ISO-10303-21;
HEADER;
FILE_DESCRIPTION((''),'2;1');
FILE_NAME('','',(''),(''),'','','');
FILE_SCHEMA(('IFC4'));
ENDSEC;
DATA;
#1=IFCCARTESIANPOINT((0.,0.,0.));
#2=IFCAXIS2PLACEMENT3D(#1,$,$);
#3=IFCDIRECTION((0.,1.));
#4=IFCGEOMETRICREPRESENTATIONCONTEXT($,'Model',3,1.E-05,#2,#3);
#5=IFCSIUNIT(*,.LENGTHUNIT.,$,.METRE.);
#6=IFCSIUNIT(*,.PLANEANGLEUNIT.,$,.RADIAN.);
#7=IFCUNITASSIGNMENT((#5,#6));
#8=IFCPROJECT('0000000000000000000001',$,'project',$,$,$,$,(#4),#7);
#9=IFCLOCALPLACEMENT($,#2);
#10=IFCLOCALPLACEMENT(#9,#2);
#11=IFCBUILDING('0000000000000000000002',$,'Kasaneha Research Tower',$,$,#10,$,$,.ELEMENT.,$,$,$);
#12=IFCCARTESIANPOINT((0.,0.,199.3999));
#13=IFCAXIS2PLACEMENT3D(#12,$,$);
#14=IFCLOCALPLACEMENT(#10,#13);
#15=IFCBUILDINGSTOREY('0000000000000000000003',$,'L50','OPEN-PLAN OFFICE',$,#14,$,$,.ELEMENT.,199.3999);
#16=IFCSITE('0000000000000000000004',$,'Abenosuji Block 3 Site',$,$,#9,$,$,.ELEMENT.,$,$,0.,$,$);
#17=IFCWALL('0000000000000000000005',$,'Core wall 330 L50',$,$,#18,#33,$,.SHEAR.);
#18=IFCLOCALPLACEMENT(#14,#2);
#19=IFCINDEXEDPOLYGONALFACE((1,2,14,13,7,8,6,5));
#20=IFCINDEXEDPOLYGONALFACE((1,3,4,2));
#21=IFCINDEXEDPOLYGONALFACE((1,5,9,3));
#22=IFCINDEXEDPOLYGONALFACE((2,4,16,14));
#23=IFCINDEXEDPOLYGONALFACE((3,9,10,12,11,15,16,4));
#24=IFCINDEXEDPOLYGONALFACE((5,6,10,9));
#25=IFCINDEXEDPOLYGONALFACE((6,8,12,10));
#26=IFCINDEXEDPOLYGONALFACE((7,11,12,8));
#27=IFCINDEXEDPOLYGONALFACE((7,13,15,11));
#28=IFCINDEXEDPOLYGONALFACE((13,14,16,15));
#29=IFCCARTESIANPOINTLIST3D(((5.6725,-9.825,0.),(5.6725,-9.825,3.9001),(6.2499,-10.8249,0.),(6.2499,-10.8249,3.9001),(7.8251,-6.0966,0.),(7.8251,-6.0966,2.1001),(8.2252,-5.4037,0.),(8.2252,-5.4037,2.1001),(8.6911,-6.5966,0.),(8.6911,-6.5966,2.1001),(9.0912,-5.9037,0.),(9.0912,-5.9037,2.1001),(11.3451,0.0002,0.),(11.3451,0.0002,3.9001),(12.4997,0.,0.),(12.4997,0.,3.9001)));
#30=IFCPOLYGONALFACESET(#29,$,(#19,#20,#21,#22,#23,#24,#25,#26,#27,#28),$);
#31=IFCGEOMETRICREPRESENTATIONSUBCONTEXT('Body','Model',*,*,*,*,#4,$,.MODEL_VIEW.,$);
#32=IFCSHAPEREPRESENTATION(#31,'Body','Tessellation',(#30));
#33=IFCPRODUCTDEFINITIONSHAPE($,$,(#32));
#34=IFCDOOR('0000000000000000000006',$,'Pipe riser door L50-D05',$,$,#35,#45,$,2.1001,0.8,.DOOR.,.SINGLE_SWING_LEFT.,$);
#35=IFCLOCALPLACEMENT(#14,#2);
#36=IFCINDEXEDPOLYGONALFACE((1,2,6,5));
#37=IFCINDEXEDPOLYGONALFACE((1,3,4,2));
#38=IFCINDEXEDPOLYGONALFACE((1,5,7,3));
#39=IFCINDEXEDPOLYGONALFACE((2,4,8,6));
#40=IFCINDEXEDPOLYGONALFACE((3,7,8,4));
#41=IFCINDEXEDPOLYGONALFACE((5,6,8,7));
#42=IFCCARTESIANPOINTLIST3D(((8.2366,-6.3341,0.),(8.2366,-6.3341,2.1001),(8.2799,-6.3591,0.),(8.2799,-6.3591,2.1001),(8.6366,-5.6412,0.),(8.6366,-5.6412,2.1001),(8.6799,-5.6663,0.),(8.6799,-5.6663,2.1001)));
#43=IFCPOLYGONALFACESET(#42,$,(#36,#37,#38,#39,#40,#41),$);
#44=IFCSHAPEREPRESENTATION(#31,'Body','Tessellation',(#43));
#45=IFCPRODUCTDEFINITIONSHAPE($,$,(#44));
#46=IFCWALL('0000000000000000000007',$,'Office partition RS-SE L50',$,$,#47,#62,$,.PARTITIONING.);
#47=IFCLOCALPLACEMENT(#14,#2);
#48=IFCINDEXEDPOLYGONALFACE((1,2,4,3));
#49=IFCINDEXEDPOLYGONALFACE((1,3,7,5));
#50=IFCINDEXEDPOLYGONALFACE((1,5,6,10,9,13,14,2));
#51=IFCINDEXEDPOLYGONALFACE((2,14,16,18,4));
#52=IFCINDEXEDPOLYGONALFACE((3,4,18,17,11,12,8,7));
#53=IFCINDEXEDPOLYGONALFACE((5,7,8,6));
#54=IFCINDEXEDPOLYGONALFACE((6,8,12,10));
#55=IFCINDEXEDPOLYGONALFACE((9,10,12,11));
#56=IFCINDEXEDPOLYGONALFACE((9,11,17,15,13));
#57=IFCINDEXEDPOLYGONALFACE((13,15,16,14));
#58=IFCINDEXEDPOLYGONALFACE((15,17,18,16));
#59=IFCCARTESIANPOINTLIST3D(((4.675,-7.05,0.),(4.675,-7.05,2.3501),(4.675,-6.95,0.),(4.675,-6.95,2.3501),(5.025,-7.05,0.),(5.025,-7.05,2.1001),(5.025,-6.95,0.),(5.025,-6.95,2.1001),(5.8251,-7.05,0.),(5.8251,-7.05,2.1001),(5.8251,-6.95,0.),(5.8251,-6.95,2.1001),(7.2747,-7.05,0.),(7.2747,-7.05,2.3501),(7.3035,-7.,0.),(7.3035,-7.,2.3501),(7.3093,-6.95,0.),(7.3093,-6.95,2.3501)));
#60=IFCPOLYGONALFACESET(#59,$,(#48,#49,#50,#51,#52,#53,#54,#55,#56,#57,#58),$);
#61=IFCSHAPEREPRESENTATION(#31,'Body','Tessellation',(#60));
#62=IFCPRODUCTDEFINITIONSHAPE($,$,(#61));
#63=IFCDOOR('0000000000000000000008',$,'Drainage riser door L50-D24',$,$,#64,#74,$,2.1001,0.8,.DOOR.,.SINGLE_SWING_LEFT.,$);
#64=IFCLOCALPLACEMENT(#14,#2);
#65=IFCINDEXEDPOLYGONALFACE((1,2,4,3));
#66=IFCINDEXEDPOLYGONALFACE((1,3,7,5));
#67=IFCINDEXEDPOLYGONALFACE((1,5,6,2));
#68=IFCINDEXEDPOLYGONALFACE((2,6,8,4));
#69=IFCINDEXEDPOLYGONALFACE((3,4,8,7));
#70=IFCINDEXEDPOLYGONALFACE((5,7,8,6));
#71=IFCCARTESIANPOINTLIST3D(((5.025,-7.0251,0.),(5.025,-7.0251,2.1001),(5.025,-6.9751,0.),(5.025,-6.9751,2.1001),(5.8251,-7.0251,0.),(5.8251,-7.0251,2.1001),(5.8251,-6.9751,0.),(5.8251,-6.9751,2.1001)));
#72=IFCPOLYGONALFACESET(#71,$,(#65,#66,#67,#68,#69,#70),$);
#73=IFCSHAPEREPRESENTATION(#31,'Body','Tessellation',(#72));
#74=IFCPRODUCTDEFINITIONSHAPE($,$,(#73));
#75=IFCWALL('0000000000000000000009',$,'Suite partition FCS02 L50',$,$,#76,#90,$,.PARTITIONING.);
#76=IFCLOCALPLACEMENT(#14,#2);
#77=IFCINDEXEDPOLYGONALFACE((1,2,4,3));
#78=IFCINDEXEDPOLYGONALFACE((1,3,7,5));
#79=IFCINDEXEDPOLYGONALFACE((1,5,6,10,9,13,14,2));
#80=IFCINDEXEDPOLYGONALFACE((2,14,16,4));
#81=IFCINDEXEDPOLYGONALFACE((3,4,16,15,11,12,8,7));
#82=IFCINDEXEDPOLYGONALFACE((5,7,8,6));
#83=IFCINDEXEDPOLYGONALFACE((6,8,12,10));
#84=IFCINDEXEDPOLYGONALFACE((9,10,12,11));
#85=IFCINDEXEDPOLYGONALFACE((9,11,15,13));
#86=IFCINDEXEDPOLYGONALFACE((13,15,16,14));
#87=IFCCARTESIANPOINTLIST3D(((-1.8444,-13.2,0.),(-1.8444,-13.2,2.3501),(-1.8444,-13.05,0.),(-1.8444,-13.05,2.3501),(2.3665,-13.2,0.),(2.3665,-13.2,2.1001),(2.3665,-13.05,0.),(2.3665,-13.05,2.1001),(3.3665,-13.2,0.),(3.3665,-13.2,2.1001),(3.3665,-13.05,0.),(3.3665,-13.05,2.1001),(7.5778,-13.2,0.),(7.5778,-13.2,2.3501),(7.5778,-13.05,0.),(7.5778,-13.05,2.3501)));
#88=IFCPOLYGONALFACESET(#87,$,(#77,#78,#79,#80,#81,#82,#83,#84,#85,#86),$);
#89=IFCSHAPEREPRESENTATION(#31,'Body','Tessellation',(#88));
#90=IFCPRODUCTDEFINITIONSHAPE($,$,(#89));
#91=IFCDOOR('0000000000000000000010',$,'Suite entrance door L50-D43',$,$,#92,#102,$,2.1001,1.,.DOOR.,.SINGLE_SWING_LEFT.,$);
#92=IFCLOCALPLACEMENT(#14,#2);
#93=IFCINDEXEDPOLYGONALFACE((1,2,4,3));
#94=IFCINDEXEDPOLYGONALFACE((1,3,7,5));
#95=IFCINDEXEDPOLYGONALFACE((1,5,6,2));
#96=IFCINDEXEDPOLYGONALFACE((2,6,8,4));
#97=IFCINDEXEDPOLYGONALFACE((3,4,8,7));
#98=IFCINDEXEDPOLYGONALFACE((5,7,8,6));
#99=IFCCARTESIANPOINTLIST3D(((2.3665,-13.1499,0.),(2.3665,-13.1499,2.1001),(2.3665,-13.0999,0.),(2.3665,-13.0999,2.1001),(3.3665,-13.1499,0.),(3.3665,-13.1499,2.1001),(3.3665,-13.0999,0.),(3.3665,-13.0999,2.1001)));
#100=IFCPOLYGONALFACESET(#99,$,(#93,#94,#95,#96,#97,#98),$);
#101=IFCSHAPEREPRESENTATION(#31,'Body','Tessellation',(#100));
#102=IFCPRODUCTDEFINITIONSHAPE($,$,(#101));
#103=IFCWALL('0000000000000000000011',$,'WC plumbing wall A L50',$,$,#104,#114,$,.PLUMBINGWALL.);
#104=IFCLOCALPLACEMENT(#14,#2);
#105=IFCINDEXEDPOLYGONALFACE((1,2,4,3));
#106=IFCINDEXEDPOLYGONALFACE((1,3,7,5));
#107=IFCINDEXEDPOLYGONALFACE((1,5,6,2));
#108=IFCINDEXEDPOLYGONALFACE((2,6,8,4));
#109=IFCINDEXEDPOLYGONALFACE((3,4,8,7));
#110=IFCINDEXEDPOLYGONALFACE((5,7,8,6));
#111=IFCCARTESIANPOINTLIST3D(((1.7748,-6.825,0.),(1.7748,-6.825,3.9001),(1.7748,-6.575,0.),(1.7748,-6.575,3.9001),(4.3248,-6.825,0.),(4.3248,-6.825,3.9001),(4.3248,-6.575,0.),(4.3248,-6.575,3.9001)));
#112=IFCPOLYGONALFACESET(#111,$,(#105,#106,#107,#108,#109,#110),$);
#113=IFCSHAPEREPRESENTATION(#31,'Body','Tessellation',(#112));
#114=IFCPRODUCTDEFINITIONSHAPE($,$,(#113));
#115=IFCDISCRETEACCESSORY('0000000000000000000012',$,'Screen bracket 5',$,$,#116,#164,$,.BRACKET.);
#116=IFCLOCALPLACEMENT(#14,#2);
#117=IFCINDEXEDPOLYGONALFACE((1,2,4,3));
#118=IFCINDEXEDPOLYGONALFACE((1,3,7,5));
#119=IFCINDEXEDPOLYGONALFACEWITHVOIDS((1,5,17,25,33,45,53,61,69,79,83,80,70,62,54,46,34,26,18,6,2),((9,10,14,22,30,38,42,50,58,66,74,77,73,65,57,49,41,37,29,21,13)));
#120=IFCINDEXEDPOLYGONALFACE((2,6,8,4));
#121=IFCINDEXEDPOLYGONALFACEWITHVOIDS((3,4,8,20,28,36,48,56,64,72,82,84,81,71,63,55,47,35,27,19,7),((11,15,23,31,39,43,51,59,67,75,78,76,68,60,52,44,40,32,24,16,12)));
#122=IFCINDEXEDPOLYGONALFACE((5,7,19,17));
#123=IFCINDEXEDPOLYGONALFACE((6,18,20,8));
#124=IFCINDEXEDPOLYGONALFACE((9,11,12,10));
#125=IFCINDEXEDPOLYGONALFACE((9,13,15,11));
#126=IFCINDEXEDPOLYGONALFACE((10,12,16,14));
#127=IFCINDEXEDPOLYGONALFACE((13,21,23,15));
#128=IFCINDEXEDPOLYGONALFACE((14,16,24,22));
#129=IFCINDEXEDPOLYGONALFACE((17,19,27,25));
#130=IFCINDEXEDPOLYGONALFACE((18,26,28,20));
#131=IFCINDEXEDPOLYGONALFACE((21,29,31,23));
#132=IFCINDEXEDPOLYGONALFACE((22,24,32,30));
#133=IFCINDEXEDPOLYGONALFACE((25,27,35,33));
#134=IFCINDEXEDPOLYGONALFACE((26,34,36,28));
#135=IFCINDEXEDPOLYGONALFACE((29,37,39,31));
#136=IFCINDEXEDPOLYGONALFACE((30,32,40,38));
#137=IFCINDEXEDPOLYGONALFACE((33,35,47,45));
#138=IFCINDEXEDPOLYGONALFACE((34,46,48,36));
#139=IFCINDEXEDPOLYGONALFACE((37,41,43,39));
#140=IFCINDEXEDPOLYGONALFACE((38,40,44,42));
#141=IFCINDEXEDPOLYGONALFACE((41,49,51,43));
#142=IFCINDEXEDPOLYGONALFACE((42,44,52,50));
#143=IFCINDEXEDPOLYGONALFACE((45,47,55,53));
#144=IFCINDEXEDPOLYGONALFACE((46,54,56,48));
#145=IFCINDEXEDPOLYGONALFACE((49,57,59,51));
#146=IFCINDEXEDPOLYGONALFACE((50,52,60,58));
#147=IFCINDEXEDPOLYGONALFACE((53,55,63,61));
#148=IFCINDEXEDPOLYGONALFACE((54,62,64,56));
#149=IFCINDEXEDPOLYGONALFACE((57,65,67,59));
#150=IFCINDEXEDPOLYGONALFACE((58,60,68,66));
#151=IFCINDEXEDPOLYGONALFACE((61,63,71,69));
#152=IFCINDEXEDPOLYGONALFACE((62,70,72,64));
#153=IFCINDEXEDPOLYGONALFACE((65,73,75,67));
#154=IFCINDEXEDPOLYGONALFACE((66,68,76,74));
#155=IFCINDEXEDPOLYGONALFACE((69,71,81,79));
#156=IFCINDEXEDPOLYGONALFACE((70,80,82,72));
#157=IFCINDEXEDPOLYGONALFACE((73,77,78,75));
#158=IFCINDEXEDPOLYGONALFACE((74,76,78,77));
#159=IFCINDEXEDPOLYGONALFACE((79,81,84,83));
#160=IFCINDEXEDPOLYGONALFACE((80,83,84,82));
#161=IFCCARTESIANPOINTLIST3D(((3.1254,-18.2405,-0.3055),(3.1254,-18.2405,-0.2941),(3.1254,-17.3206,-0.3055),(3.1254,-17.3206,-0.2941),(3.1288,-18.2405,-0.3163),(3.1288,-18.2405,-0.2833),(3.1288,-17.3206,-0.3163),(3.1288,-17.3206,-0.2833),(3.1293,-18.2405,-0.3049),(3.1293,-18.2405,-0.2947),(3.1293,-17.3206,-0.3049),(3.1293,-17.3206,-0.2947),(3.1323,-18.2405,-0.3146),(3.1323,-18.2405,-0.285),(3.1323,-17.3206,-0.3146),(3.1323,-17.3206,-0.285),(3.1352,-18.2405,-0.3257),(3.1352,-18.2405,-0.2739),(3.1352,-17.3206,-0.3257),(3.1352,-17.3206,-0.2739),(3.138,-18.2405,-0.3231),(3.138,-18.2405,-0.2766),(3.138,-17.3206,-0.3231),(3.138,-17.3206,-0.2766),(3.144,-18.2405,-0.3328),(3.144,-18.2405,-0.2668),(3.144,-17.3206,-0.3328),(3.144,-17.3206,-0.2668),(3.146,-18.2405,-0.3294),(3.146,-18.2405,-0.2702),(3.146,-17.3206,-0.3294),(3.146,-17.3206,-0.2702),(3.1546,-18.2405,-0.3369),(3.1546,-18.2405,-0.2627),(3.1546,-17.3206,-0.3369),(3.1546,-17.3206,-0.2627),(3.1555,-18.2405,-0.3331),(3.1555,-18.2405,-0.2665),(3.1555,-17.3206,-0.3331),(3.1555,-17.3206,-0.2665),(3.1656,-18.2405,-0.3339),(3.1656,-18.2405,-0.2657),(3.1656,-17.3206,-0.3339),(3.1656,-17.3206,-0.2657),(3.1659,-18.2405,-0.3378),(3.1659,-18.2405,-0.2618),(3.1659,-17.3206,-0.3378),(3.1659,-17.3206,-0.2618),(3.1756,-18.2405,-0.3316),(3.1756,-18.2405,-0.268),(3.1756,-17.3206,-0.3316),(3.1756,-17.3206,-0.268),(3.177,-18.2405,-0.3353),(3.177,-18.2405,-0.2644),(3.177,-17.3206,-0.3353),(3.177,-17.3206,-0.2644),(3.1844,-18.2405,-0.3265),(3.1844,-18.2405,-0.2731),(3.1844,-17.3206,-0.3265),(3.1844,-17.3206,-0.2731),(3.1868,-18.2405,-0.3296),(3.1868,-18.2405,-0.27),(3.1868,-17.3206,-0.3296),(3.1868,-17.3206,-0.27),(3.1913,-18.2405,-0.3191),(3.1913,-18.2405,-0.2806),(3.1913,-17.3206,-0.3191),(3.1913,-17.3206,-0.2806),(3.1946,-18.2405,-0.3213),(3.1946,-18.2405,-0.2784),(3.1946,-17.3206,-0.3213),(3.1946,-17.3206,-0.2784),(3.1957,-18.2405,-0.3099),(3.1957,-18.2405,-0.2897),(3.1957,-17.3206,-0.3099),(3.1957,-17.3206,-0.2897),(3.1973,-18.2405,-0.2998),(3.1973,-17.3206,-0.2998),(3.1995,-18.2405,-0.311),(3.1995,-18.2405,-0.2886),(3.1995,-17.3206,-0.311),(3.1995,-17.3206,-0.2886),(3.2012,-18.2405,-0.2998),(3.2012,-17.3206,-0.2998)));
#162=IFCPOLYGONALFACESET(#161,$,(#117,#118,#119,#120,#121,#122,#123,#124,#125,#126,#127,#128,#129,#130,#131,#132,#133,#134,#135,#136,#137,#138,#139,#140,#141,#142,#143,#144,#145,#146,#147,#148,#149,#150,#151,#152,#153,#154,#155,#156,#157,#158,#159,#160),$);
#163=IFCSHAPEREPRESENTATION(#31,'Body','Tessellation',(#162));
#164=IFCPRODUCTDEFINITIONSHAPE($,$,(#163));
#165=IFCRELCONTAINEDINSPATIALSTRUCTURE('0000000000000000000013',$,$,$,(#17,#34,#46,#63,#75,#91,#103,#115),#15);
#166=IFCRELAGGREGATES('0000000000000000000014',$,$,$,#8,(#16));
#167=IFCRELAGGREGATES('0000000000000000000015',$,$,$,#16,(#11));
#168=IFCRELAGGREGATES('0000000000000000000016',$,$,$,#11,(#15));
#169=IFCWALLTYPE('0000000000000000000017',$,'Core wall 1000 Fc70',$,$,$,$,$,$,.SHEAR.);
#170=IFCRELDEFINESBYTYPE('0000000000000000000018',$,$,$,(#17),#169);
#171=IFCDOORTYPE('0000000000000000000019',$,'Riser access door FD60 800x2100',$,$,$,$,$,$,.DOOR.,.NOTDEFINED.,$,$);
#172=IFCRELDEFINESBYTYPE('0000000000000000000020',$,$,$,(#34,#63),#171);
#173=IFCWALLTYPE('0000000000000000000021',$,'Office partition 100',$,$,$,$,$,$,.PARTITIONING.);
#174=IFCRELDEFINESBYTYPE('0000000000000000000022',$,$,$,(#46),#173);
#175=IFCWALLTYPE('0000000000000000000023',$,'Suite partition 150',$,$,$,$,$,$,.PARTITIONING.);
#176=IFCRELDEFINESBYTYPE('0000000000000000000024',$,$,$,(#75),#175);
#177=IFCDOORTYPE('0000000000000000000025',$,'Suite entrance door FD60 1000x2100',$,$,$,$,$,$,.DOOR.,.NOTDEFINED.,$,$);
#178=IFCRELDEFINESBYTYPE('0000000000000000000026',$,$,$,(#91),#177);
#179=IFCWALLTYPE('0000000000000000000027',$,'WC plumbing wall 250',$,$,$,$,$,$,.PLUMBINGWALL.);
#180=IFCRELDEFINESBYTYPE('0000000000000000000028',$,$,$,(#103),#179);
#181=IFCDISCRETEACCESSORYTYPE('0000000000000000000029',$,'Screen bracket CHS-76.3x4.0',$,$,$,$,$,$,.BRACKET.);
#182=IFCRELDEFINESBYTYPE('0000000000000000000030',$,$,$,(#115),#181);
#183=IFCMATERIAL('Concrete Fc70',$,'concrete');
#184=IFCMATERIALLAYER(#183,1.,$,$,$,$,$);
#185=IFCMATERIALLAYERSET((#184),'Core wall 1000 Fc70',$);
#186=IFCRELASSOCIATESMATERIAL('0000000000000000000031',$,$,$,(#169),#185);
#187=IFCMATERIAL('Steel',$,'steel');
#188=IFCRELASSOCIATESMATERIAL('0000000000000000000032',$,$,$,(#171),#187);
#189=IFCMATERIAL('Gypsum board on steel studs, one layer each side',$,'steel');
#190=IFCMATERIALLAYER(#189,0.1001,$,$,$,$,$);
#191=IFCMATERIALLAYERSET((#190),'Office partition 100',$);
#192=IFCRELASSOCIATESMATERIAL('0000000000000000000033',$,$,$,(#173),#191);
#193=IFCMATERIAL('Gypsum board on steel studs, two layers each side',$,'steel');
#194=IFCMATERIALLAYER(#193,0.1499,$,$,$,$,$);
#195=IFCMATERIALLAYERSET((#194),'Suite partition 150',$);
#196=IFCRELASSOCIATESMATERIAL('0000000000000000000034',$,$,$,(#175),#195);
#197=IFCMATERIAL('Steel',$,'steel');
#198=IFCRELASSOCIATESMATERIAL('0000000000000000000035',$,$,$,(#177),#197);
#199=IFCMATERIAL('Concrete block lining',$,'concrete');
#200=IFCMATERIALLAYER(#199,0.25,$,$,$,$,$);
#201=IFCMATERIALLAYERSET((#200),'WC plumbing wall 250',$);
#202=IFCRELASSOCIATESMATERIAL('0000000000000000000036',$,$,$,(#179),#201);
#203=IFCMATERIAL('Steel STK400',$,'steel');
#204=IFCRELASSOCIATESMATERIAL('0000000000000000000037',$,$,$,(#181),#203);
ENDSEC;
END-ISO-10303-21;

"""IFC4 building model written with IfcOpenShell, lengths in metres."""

from ifc_helpers import new_model, si_unit, direction, frame, frame_2d, origin, origin_2d, place, context, subcontext, project, spatial, polyline, rectangle, hollow_circle, outline, extrude, material, layer, layer_set, material_profile, profile_set, type_object, element, fill, save


model = new_model("IFC4")

# Units and contexts
model_context = context("Model", 3, precision=1e-05, world=origin(), true_north=direction((0.0, 1.0)))
body_context = subcontext(model_context, "Body", "Model", "MODEL_VIEW")
ifc_project = project(units=[si_unit("LENGTHUNIT", "METRE"), si_unit("PLANEANGLEUNIT", "RADIAN")], contexts=[model_context])

# Site, building, storey
site_placement = place(None, origin())
site = spatial("IfcSite", under=ifc_project, at=site_placement, Name="Abenosuji Block 3 Site", CompositionType="ELEMENT", RefElevation=0.0)
building_placement = place(site_placement, origin())
building = spatial("IfcBuilding", under=site, at=building_placement, Name="Kasaneha Research Tower", CompositionType="ELEMENT")
storey_placement = place(building_placement, frame((0.0, 0.0, 199.3999)))
storey = spatial("IfcBuildingStorey", under=building, at=storey_placement, Name="L50", Description="OPEN-PLAN OFFICE", CompositionType="ELEMENT", Elevation=199.3999)

# Walls, openings, doors
ifc_material_1 = material(Name="Concrete Fc70", Category="concrete")
ifc_layer_1 = layer(ifc_material_1, 1.0)
ifc_layer_set_1 = layer_set([ifc_layer_1], Name="Core wall 1000 Fc70")
wall_type_1 = type_object("IfcWallType", Name="Core wall 1000 Fc70", PredefinedType="SHEAR", material=ifc_layer_set_1)
wall_1_placement = place(storey_placement, frame((5.9612, -10.325, 0.0), z_axis=(0.0, 0.0, 1.0), x_axis=(0.500004, 0.866023, 0.0)))
wall_1 = element("IfcWall", 1, at=wall_1_placement, inside=storey, type_object=wall_type_1, Name="Core wall 330 L50", PredefinedType="SHEAR", context=body_context, shape_type="SweptSolid", body=[
    extrude(outline(polyline([(-0.2886, -0.5), (4.594, -0.5), (5.394, -0.5), (12.2109, -0.5), (11.6338, 0.5), (5.394, 0.5), (4.594, 0.5), (0.2886, 0.5), (-0.2886, -0.5)])), origin(), (0.0, 0.0, 1.0), 3.9001),
])
opening_1_placement = place(wall_1_placement, frame((4.594, 0.0, 0.0)))
opening_1 = element("IfcOpeningElement", 2, at=opening_1_placement, cuts=wall_1, PredefinedType="OPENING", context=body_context, shape_type="SweptSolid", body=[
    extrude(rectangle(XDim=0.8, YDim=2.1001, at=frame_2d((0.3999, 1.05))), frame((0.0, 0.51, 0.0), z_axis=(0.0, -1.0, 0.0), x_axis=(1.0, 0.0, 0.0)), (0.0, 0.0, 1.0), 1.02),
])
ifc_material_2 = material(Name="Steel", Category="steel")
door_type_1 = type_object("IfcDoorType", Name="Riser access door FD60 800x2100", OperationType="NOTDEFINED", PredefinedType="DOOR", material=ifc_material_2)
door_1_placement = place(opening_1_placement, origin())
door_1 = element("IfcDoor", 3, at=door_1_placement, inside=storey, type_object=door_type_1, Name="Pipe riser door L50-D05", OperationType="SINGLE_SWING_LEFT", OverallHeight=2.1001, OverallWidth=0.8, PredefinedType="DOOR", context=body_context, shape_type="SweptSolid", body=[
    extrude(rectangle(XDim=0.8, YDim=2.1001, at=frame_2d((0.3999, 1.05))), frame((0.0, 0.0249, 0.0), z_axis=(0.0, -1.0, 0.0), x_axis=(1.0, 0.0, 0.0)), (0.0, 0.0, 1.0), 0.05),
])
fill(opening_1, door_1)
ifc_material_3 = material(Name="Gypsum board on steel studs, one layer each side", Category="steel")
ifc_layer_2 = layer(ifc_material_3, 0.1001)
ifc_layer_set_2 = layer_set([ifc_layer_2], Name="Office partition 100")
wall_type_2 = type_object("IfcWallType", Name="Office partition 100", PredefinedType="PARTITIONING", material=ifc_layer_set_2)
wall_2_placement = place(storey_placement, frame((4.675, -7.0, 0.0), z_axis=(0.0, 0.0, 1.0), x_axis=(1.0, 0.0, 0.0)))
wall_2 = element("IfcWall", 4, at=wall_2_placement, inside=storey, type_object=wall_type_2, Name="Office partition RS-SE L50", PredefinedType="PARTITIONING", context=body_context, shape_type="SweptSolid", body=[
    extrude(outline(polyline([(0.0, -0.05), (0.3501, -0.05), (1.1501, -0.05), (2.5996, -0.05), (2.6284, 0.0), (2.6343, 0.05), (1.1501, 0.05), (0.3501, 0.05), (0.0, 0.05), (0.0, -0.05)])), origin(), (0.0, 0.0, 1.0), 2.3501),
])
opening_2_placement = place(wall_2_placement, frame((0.3501, 0.0, 0.0)))
opening_2 = element("IfcOpeningElement", 5, at=opening_2_placement, cuts=wall_2, PredefinedType="OPENING", context=body_context, shape_type="SweptSolid", body=[
    extrude(rectangle(XDim=0.8, YDim=2.1001, at=frame_2d((0.3999, 1.05))), frame((0.0, 0.0601, 0.0), z_axis=(0.0, -1.0, 0.0), x_axis=(1.0, 0.0, 0.0)), (0.0, 0.0, 1.0), 0.1201),
])
door_2_placement = place(opening_2_placement, origin())
door_2 = element("IfcDoor", 6, at=door_2_placement, inside=storey, type_object=door_type_1, Name="Drainage riser door L50-D24", OperationType="SINGLE_SWING_LEFT", OverallHeight=2.1001, OverallWidth=0.8, PredefinedType="DOOR", context=body_context, shape_type="SweptSolid", body=[
    extrude(rectangle(XDim=0.8, YDim=2.1001, at=frame_2d((0.3999, 1.05))), frame((0.0, 0.0249, 0.0), z_axis=(0.0, -1.0, 0.0), x_axis=(1.0, 0.0, 0.0)), (0.0, 0.0, 1.0), 0.05),
])
fill(opening_2, door_2)
ifc_material_4 = material(Name="Gypsum board on steel studs, two layers each side", Category="steel")
ifc_layer_3 = layer(ifc_material_4, 0.1499)
ifc_layer_set_3 = layer_set([ifc_layer_3], Name="Suite partition 150")
wall_type_3 = type_object("IfcWallType", Name="Suite partition 150", PredefinedType="PARTITIONING", material=ifc_layer_set_3)
wall_3_placement = place(storey_placement, frame((7.5776, -13.125, 0.0), z_axis=(0.0, 0.0, 1.0), x_axis=(-1.0, 0.0, 0.0)))
wall_3 = element("IfcWall", 7, at=wall_3_placement, inside=storey, type_object=wall_type_3, Name="Suite partition FCS02 L50", PredefinedType="PARTITIONING", context=body_context, shape_type="SweptSolid", body=[
    extrude(rectangle(XDim=9.4221, YDim=0.1499, at=frame_2d((4.7109, 0.0))), origin(), (0.0, 0.0, 1.0), 2.3501),
])
opening_3_placement = place(wall_3_placement, frame((4.2112, 0.0, 0.0)))
opening_3 = element("IfcOpeningElement", 8, at=opening_3_placement, cuts=wall_3, PredefinedType="OPENING", context=body_context, shape_type="SweptSolid", body=[
    extrude(rectangle(XDim=1.0, YDim=2.1001, at=frame_2d((0.5, 1.05))), frame((0.0, 0.085, 0.0), z_axis=(0.0, -1.0, 0.0), x_axis=(1.0, 0.0, 0.0)), (0.0, 0.0, 1.0), 0.1699),
])
ifc_material_5 = material(Name="Steel", Category="steel")
door_type_2 = type_object("IfcDoorType", Name="Suite entrance door FD60 1000x2100", OperationType="NOTDEFINED", PredefinedType="DOOR", material=ifc_material_5)
door_3_placement = place(opening_3_placement, origin())
door_3 = element("IfcDoor", 9, at=door_3_placement, inside=storey, type_object=door_type_2, Name="Suite entrance door L50-D43", OperationType="SINGLE_SWING_LEFT", OverallHeight=2.1001, OverallWidth=1.0, PredefinedType="DOOR", context=body_context, shape_type="SweptSolid", body=[
    extrude(rectangle(XDim=1.0, YDim=2.1001, at=frame_2d((0.5, 1.05))), frame((0.0, 0.0249, 0.0), z_axis=(0.0, -1.0, 0.0), x_axis=(1.0, 0.0, 0.0)), (0.0, 0.0, 1.0), 0.05),
])
fill(opening_3, door_3)

# Wall
ifc_material_6 = material(Name="Concrete block lining", Category="concrete")
ifc_layer_4 = layer(ifc_material_6, 0.25)
ifc_layer_set_4 = layer_set([ifc_layer_4], Name="WC plumbing wall 250")
wall_type_4 = type_object("IfcWallType", Name="WC plumbing wall 250", PredefinedType="PLUMBINGWALL", material=ifc_layer_set_4)
wall_4_placement = place(storey_placement, frame((1.7749, -6.7, 0.0), z_axis=(0.0, 0.0, 1.0), x_axis=(1.0, 0.0, 0.0)))
element("IfcWall", 10, at=wall_4_placement, inside=storey, type_object=wall_type_4, Name="WC plumbing wall A L50", PredefinedType="PLUMBINGWALL", context=body_context, shape_type="SweptSolid", body=[
    extrude(rectangle(XDim=2.55, YDim=0.25, at=frame_2d((1.2749, 0.0))), origin(), (0.0, 0.0, 1.0), 3.9001),
])

# Discrete accessory
ifc_material_7 = material(Name="Steel STK400", Category="steel")
ifc_material_profile_1 = material_profile(ifc_material_7, hollow_circle(Radius=0.0381, WallThickness=0.0039, at=origin_2d()), Name="CHS-76.3x4.0")
ifc_profile_set_1 = profile_set([ifc_material_profile_1], Name="Steel STK400")
discrete_accessory_type = type_object("IfcDiscreteAccessoryType", Name="Screen bracket CHS-76.3x4.0", PredefinedType="BRACKET", material=ifc_profile_set_1)
for number, where, z_axis, x_axis, name in (
    (11, (3.1631, -17.3206, -0.2998), (0.0, -1.0, 0.0), (1.0, 0.0, 0.0), "Screen bracket 5"),
):
    element("IfcDiscreteAccessory", number, at=place(storey_placement, frame(where, z_axis=z_axis, x_axis=x_axis)), inside=storey, type_object=discrete_accessory_type, Name=name, PredefinedType="BRACKET", context=body_context, shape_type="SweptSolid", body=[
        extrude(hollow_circle(Radius=0.0381, WallThickness=0.0039, at=origin_2d()), origin(), (0.0, 0.0, 1.0), 0.9199),
    ])

save(model, "model.ifc")
